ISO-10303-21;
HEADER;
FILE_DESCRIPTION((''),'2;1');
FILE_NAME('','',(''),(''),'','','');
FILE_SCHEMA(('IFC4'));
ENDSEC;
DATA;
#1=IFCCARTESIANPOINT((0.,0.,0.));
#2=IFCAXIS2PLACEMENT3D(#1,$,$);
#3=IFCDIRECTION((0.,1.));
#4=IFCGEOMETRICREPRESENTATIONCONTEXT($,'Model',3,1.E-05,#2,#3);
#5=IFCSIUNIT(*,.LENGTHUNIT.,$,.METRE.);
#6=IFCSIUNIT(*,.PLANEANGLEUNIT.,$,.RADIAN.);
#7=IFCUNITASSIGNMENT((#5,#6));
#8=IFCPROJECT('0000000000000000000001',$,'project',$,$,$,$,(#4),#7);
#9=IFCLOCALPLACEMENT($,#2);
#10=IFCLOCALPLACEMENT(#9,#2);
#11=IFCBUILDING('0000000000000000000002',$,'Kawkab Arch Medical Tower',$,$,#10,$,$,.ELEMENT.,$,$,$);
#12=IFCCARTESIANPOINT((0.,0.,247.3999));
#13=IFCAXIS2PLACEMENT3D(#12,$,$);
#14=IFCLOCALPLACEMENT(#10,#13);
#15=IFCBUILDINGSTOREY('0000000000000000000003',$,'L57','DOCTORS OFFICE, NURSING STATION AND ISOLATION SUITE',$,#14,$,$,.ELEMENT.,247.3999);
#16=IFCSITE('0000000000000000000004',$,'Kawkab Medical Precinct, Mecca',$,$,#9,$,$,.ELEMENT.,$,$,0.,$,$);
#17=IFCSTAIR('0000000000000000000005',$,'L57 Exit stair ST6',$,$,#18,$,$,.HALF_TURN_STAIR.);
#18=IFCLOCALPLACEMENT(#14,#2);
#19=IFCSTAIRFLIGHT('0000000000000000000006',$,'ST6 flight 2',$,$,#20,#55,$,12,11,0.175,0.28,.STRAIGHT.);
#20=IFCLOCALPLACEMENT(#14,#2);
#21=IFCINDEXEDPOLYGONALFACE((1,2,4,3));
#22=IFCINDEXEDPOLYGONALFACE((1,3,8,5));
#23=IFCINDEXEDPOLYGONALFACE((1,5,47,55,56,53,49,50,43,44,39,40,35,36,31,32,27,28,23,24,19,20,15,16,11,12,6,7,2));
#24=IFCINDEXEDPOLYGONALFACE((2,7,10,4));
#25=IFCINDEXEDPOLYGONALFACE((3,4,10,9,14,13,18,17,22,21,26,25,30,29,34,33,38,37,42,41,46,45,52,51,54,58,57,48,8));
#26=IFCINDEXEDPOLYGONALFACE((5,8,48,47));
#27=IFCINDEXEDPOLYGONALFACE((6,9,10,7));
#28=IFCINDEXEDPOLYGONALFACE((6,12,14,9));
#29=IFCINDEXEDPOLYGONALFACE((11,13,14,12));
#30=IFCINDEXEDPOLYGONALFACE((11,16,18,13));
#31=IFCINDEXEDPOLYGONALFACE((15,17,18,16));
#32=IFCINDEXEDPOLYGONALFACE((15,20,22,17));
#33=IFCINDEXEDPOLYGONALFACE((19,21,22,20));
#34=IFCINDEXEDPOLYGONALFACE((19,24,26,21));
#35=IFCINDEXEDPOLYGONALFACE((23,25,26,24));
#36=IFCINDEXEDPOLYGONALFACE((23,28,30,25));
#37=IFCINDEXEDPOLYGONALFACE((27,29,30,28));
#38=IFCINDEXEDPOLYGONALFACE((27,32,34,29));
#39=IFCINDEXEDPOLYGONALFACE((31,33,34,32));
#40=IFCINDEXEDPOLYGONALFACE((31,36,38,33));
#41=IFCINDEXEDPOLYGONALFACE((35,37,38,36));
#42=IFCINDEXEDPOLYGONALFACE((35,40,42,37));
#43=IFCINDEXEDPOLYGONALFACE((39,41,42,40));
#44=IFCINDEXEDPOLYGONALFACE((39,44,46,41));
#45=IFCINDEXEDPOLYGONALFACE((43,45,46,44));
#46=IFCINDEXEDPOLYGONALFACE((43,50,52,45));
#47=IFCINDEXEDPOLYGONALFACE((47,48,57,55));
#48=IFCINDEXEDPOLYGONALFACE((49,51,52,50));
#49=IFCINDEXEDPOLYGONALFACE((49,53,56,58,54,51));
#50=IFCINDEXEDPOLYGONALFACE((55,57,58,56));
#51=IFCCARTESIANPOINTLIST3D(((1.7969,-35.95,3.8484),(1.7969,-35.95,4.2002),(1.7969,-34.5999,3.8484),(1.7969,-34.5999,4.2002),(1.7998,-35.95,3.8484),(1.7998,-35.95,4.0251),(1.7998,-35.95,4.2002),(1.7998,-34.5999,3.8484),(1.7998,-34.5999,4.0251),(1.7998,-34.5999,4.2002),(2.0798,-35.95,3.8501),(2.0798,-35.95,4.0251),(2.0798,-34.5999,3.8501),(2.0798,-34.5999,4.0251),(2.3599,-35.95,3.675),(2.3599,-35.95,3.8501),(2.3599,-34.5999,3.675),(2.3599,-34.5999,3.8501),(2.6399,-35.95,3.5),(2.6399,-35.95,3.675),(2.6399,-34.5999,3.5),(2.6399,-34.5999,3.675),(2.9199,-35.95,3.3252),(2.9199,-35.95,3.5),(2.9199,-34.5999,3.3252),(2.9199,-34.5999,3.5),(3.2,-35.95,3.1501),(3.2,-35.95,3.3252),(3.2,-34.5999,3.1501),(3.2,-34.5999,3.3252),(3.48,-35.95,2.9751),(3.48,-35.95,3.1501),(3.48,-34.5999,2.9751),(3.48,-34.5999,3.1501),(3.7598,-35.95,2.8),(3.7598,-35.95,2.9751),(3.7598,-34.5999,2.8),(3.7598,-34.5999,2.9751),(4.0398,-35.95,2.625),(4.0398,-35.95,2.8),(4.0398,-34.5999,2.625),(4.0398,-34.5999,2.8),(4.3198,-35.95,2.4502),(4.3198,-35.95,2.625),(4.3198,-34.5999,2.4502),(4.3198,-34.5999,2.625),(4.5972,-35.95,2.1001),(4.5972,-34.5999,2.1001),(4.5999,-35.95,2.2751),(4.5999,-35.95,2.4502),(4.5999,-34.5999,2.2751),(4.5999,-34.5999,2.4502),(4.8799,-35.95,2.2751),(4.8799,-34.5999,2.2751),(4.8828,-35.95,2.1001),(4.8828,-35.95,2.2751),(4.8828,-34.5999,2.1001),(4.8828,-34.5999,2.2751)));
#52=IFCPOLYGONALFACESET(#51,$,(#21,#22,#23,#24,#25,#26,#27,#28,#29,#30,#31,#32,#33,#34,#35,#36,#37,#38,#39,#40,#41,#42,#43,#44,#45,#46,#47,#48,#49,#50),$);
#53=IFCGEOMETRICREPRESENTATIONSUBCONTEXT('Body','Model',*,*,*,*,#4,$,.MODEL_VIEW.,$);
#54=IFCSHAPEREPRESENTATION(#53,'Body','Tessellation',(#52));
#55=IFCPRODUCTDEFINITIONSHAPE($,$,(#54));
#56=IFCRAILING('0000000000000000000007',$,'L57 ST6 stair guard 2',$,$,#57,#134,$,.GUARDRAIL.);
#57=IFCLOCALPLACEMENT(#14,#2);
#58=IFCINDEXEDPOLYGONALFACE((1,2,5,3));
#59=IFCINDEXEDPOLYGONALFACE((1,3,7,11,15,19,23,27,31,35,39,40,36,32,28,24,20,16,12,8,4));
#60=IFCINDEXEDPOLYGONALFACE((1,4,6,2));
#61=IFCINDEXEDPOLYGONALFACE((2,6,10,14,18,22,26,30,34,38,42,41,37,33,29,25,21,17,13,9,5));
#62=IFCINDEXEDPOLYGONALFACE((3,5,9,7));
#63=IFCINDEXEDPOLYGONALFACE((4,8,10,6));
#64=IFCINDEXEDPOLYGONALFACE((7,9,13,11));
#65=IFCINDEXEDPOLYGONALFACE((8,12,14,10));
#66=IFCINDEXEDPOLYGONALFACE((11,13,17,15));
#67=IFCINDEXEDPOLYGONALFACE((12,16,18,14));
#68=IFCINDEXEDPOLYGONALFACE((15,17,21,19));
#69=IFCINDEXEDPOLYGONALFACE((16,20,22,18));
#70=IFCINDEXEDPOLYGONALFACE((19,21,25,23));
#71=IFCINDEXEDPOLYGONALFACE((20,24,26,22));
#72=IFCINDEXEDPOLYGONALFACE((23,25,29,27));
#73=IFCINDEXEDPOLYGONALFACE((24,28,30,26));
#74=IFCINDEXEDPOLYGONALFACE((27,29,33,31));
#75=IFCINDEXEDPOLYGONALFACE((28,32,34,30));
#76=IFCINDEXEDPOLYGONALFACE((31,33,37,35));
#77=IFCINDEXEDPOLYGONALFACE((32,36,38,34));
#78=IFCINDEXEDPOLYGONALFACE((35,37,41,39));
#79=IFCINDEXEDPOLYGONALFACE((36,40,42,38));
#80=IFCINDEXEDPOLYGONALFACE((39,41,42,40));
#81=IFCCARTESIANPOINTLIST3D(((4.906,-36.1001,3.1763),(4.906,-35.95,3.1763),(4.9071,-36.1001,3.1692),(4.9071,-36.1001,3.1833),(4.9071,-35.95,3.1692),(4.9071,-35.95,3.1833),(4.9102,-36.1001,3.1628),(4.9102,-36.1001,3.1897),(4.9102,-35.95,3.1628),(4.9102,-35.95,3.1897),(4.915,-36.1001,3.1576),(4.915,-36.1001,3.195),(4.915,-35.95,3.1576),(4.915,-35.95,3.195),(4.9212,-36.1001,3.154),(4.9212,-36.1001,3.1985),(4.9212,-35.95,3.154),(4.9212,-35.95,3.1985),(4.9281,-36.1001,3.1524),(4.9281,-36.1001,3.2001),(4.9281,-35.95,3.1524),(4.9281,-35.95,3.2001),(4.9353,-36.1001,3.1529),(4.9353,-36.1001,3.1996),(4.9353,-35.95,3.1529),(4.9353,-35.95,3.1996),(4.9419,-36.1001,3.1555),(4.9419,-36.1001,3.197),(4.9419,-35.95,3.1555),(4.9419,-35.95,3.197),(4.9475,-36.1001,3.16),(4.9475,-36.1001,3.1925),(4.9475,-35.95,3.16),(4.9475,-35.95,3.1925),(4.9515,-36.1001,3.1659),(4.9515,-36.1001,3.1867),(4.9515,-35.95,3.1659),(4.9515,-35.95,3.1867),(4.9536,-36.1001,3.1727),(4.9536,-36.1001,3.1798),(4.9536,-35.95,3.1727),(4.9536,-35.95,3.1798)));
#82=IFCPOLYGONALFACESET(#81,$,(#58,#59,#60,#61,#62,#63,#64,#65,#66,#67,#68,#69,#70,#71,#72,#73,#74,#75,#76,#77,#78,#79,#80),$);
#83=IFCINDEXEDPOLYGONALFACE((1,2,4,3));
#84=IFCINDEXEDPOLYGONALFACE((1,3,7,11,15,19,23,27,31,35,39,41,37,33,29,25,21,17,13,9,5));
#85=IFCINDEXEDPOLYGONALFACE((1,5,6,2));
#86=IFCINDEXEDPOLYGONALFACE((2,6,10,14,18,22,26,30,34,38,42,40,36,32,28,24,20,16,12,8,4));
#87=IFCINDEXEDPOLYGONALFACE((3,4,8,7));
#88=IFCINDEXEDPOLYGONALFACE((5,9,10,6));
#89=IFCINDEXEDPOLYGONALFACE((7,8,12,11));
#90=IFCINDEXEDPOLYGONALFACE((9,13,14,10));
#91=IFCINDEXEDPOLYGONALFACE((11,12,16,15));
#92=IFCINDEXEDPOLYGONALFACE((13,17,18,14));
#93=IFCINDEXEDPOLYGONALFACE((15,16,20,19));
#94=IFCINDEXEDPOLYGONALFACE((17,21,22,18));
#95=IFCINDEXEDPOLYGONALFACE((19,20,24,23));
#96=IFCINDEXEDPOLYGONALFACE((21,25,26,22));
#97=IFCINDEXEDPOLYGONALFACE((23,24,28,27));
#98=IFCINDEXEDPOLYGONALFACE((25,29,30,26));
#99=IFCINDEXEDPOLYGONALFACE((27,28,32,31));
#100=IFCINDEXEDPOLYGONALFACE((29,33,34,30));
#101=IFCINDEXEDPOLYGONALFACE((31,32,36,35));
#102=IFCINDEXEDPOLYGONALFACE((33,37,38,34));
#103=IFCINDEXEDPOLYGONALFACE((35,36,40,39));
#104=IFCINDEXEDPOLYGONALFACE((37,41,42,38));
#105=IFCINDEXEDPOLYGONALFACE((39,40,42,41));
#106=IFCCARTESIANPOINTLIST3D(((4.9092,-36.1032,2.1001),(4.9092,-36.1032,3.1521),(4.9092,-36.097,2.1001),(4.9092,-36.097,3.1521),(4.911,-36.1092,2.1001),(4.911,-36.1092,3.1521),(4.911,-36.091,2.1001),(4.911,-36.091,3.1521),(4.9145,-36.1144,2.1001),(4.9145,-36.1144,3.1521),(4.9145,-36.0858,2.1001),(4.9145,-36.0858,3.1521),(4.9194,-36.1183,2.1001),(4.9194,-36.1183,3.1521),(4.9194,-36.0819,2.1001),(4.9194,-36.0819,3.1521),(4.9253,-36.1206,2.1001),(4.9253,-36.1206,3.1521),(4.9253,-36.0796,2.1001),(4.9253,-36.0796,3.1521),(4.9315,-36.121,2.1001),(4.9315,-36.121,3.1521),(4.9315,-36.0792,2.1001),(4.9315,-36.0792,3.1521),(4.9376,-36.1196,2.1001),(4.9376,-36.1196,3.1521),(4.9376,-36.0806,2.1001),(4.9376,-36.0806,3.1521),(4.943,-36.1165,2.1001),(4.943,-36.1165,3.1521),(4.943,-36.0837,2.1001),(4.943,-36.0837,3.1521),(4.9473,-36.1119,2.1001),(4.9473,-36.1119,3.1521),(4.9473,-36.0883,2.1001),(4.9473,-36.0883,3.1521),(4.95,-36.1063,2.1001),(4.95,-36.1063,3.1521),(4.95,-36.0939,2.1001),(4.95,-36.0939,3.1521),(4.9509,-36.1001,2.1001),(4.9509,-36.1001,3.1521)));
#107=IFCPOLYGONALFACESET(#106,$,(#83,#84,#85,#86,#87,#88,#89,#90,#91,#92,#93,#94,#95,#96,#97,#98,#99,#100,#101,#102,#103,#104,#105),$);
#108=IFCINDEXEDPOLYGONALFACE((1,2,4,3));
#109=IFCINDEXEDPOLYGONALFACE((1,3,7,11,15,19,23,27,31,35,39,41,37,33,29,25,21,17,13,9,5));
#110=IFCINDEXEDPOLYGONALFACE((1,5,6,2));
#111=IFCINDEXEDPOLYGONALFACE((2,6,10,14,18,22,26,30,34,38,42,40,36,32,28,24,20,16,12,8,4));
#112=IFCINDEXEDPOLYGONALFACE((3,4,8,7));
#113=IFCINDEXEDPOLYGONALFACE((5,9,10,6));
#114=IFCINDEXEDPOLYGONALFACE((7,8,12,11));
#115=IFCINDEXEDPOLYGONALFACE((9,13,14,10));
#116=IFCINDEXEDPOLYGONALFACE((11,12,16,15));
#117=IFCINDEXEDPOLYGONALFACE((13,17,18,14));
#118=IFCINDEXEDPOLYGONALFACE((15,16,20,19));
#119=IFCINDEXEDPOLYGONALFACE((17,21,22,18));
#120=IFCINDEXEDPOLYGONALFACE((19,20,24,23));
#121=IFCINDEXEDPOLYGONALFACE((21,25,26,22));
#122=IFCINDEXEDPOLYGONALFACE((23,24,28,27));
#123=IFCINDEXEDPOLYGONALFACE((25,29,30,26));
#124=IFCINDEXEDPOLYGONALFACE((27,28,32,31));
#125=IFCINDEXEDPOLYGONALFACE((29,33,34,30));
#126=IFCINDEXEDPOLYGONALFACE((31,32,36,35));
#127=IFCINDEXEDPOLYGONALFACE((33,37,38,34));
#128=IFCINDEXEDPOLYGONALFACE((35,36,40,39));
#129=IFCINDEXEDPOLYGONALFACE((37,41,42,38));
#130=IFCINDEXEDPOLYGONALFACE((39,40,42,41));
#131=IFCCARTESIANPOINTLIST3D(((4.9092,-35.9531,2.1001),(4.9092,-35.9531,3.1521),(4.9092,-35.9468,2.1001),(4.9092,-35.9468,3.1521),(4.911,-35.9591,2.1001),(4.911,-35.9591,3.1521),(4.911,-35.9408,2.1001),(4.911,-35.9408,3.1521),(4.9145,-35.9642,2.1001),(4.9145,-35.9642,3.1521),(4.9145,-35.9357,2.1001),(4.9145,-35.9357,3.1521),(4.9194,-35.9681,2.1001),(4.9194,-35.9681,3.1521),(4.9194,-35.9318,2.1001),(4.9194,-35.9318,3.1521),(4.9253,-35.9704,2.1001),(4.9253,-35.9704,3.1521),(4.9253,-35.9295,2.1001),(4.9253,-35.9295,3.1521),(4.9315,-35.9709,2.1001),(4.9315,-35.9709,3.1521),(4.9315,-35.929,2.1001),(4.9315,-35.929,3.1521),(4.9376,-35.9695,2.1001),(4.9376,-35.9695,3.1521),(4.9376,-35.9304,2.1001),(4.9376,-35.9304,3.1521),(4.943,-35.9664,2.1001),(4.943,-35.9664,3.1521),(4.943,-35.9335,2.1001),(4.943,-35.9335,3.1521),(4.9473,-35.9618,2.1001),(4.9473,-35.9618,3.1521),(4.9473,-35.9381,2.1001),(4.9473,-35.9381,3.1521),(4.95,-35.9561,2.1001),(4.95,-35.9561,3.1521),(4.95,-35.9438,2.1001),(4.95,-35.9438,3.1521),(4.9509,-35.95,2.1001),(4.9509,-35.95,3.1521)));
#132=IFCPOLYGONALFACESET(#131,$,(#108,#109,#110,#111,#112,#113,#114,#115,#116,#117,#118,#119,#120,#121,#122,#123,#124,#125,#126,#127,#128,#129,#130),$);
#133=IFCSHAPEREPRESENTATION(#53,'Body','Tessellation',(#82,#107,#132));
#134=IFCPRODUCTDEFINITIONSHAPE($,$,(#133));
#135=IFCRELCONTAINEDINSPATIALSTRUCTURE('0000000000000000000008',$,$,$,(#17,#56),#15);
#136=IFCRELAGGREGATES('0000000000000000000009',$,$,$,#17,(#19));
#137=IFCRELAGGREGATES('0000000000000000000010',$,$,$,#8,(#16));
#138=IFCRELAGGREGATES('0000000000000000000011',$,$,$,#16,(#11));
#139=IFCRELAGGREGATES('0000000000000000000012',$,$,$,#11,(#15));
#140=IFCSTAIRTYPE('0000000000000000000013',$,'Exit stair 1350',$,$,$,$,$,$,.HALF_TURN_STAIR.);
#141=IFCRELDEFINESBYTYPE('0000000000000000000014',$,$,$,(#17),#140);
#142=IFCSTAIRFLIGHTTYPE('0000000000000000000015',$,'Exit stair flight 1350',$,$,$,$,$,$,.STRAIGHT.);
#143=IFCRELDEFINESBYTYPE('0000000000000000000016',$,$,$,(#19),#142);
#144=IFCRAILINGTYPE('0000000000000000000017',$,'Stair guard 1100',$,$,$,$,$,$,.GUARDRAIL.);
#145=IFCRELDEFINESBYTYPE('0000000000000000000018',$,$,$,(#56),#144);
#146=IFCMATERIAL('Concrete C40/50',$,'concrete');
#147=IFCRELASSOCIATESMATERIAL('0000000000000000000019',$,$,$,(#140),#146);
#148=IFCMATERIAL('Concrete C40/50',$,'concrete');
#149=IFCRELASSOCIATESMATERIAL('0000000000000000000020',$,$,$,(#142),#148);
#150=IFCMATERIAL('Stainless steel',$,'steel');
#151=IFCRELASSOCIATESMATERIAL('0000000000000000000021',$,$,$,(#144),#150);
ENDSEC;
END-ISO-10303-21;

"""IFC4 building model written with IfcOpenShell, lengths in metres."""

from ifc_helpers import new_model, si_unit, direction, frame, origin, origin_2d, place, context, subcontext, project, spatial, polyline, circle, outline, extrude, material, type_object, element, aggregate, save


model = new_model("IFC4")

# Units and contexts
model_context = context("Model", 3, precision=1e-05, world=origin(), true_north=direction((0.0, 1.0)))
body_context = subcontext(model_context, "Body", "Model", "MODEL_VIEW")
ifc_project = project(units=[si_unit("LENGTHUNIT", "METRE"), si_unit("PLANEANGLEUNIT", "RADIAN")], contexts=[model_context])

# Site, building, storey
site_placement = place(None, origin())
site = spatial("IfcSite", under=ifc_project, at=site_placement, Name="Kawkab Medical Precinct, Mecca", CompositionType="ELEMENT", RefElevation=0.0)
building_placement = place(site_placement, origin())
building = spatial("IfcBuilding", under=site, at=building_placement, Name="Kawkab Arch Medical Tower", CompositionType="ELEMENT")
storey_placement = place(building_placement, frame((0.0, 0.0, 247.3999)))
storey = spatial("IfcBuildingStorey", under=building, at=storey_placement, Name="L57", Description="DOCTORS OFFICE, NURSING STATION AND ISOLATION SUITE", CompositionType="ELEMENT", Elevation=247.3999)

# Stair, stair flight
ifc_material_1 = material(Name="Concrete C40/50", Category="concrete")
stair_type = type_object("IfcStairType", Name="Exit stair 1350", PredefinedType="HALF_TURN_STAIR", material=ifc_material_1)
stair_placement = place(storey_placement, origin())
stair = element("IfcStair", 1, at=stair_placement, inside=storey, type_object=stair_type, Name="L57 Exit stair ST6", PredefinedType="HALF_TURN_STAIR")
ifc_material_2 = material(Name="Concrete C40/50", Category="concrete")
stair_flight_type = type_object("IfcStairFlightType", Name="Exit stair flight 1350", PredefinedType="STRAIGHT", material=ifc_material_2)
stair_flight_placement = place(storey_placement, frame((4.8799, -35.2749, 2.1001), z_axis=(0.0, 0.0, 1.0), x_axis=(-1.0, 0.0, 0.0)))
stair_flight = element("IfcStairFlight", 2, at=stair_flight_placement, type_object=stair_flight_type, Name="ST6 flight 2", NumberOfRisers=12, NumberOfTreads=11, PredefinedType="STRAIGHT", RiserHeight=0.175, TreadLength=0.28, context=body_context, shape_type="SweptSolid", body=[
    extrude(outline(polyline([(-0.0029, 0.0), (-0.0029, 0.175), (0.0, 0.175), (0.28, 0.175), (0.28, 0.3501), (0.5601, 0.3501), (0.5601, 0.5249), (0.8401, 0.5249), (0.8401, 0.7), (1.1201, 0.7), (1.1201, 0.875), (1.3999, 0.875), (1.3999, 1.05), (1.6799, 1.05), (1.6799, 1.2251), (1.96, 1.2251), (1.96, 1.3999), (2.24, 1.3999), (2.24, 1.575), (2.52, 1.575), (2.52, 1.75), (2.8, 1.75), (2.8, 1.925), (3.0801, 1.925), (3.0801, 2.1001), (3.083, 2.1001), (3.083, 1.7483), (3.0801, 1.7483), (0.2827, 0.0), (-0.0029, 0.0)])), frame((0.0, 0.675, 0.0), z_axis=(0.0, -1.0, 0.0), x_axis=(1.0, 0.0, 0.0)), (0.0, 0.0, 1.0), 1.3501),
])
aggregate(stair, [stair_flight])

# Railing
ifc_material_3 = material(Name="Stainless steel", Category="steel")
railing_type = type_object("IfcRailingType", Name="Stair guard 1100", PredefinedType="GUARDRAIL", material=ifc_material_3)
railing_1_placement = place(storey_placement, frame((4.9299, -36.1001, 2.1001)))
element("IfcRailing", 3, at=railing_1_placement, inside=storey, type_object=railing_type, Name="L57 ST6 stair guard 2", PredefinedType="GUARDRAIL", context=body_context, shape_type="SweptSolid", body=[
    extrude(circle(Radius=0.0239, at=origin_2d()), frame((0.0, 0.0, 1.0762), z_axis=(0.0, 1.0, 0.0), x_axis=(-1.0, 0.0, 0.0)), (0.0, 0.0, 1.0), 0.1501),
    extrude(circle(Radius=0.021, at=origin_2d()), origin(), (0.0, 0.0, 1.0), 1.052),
    extrude(circle(Radius=0.021, at=origin_2d()), frame((0.0, 0.1501, 0.0)), (0.0, 0.0, 1.0), 1.052),
])

save(model, "model.ifc")
